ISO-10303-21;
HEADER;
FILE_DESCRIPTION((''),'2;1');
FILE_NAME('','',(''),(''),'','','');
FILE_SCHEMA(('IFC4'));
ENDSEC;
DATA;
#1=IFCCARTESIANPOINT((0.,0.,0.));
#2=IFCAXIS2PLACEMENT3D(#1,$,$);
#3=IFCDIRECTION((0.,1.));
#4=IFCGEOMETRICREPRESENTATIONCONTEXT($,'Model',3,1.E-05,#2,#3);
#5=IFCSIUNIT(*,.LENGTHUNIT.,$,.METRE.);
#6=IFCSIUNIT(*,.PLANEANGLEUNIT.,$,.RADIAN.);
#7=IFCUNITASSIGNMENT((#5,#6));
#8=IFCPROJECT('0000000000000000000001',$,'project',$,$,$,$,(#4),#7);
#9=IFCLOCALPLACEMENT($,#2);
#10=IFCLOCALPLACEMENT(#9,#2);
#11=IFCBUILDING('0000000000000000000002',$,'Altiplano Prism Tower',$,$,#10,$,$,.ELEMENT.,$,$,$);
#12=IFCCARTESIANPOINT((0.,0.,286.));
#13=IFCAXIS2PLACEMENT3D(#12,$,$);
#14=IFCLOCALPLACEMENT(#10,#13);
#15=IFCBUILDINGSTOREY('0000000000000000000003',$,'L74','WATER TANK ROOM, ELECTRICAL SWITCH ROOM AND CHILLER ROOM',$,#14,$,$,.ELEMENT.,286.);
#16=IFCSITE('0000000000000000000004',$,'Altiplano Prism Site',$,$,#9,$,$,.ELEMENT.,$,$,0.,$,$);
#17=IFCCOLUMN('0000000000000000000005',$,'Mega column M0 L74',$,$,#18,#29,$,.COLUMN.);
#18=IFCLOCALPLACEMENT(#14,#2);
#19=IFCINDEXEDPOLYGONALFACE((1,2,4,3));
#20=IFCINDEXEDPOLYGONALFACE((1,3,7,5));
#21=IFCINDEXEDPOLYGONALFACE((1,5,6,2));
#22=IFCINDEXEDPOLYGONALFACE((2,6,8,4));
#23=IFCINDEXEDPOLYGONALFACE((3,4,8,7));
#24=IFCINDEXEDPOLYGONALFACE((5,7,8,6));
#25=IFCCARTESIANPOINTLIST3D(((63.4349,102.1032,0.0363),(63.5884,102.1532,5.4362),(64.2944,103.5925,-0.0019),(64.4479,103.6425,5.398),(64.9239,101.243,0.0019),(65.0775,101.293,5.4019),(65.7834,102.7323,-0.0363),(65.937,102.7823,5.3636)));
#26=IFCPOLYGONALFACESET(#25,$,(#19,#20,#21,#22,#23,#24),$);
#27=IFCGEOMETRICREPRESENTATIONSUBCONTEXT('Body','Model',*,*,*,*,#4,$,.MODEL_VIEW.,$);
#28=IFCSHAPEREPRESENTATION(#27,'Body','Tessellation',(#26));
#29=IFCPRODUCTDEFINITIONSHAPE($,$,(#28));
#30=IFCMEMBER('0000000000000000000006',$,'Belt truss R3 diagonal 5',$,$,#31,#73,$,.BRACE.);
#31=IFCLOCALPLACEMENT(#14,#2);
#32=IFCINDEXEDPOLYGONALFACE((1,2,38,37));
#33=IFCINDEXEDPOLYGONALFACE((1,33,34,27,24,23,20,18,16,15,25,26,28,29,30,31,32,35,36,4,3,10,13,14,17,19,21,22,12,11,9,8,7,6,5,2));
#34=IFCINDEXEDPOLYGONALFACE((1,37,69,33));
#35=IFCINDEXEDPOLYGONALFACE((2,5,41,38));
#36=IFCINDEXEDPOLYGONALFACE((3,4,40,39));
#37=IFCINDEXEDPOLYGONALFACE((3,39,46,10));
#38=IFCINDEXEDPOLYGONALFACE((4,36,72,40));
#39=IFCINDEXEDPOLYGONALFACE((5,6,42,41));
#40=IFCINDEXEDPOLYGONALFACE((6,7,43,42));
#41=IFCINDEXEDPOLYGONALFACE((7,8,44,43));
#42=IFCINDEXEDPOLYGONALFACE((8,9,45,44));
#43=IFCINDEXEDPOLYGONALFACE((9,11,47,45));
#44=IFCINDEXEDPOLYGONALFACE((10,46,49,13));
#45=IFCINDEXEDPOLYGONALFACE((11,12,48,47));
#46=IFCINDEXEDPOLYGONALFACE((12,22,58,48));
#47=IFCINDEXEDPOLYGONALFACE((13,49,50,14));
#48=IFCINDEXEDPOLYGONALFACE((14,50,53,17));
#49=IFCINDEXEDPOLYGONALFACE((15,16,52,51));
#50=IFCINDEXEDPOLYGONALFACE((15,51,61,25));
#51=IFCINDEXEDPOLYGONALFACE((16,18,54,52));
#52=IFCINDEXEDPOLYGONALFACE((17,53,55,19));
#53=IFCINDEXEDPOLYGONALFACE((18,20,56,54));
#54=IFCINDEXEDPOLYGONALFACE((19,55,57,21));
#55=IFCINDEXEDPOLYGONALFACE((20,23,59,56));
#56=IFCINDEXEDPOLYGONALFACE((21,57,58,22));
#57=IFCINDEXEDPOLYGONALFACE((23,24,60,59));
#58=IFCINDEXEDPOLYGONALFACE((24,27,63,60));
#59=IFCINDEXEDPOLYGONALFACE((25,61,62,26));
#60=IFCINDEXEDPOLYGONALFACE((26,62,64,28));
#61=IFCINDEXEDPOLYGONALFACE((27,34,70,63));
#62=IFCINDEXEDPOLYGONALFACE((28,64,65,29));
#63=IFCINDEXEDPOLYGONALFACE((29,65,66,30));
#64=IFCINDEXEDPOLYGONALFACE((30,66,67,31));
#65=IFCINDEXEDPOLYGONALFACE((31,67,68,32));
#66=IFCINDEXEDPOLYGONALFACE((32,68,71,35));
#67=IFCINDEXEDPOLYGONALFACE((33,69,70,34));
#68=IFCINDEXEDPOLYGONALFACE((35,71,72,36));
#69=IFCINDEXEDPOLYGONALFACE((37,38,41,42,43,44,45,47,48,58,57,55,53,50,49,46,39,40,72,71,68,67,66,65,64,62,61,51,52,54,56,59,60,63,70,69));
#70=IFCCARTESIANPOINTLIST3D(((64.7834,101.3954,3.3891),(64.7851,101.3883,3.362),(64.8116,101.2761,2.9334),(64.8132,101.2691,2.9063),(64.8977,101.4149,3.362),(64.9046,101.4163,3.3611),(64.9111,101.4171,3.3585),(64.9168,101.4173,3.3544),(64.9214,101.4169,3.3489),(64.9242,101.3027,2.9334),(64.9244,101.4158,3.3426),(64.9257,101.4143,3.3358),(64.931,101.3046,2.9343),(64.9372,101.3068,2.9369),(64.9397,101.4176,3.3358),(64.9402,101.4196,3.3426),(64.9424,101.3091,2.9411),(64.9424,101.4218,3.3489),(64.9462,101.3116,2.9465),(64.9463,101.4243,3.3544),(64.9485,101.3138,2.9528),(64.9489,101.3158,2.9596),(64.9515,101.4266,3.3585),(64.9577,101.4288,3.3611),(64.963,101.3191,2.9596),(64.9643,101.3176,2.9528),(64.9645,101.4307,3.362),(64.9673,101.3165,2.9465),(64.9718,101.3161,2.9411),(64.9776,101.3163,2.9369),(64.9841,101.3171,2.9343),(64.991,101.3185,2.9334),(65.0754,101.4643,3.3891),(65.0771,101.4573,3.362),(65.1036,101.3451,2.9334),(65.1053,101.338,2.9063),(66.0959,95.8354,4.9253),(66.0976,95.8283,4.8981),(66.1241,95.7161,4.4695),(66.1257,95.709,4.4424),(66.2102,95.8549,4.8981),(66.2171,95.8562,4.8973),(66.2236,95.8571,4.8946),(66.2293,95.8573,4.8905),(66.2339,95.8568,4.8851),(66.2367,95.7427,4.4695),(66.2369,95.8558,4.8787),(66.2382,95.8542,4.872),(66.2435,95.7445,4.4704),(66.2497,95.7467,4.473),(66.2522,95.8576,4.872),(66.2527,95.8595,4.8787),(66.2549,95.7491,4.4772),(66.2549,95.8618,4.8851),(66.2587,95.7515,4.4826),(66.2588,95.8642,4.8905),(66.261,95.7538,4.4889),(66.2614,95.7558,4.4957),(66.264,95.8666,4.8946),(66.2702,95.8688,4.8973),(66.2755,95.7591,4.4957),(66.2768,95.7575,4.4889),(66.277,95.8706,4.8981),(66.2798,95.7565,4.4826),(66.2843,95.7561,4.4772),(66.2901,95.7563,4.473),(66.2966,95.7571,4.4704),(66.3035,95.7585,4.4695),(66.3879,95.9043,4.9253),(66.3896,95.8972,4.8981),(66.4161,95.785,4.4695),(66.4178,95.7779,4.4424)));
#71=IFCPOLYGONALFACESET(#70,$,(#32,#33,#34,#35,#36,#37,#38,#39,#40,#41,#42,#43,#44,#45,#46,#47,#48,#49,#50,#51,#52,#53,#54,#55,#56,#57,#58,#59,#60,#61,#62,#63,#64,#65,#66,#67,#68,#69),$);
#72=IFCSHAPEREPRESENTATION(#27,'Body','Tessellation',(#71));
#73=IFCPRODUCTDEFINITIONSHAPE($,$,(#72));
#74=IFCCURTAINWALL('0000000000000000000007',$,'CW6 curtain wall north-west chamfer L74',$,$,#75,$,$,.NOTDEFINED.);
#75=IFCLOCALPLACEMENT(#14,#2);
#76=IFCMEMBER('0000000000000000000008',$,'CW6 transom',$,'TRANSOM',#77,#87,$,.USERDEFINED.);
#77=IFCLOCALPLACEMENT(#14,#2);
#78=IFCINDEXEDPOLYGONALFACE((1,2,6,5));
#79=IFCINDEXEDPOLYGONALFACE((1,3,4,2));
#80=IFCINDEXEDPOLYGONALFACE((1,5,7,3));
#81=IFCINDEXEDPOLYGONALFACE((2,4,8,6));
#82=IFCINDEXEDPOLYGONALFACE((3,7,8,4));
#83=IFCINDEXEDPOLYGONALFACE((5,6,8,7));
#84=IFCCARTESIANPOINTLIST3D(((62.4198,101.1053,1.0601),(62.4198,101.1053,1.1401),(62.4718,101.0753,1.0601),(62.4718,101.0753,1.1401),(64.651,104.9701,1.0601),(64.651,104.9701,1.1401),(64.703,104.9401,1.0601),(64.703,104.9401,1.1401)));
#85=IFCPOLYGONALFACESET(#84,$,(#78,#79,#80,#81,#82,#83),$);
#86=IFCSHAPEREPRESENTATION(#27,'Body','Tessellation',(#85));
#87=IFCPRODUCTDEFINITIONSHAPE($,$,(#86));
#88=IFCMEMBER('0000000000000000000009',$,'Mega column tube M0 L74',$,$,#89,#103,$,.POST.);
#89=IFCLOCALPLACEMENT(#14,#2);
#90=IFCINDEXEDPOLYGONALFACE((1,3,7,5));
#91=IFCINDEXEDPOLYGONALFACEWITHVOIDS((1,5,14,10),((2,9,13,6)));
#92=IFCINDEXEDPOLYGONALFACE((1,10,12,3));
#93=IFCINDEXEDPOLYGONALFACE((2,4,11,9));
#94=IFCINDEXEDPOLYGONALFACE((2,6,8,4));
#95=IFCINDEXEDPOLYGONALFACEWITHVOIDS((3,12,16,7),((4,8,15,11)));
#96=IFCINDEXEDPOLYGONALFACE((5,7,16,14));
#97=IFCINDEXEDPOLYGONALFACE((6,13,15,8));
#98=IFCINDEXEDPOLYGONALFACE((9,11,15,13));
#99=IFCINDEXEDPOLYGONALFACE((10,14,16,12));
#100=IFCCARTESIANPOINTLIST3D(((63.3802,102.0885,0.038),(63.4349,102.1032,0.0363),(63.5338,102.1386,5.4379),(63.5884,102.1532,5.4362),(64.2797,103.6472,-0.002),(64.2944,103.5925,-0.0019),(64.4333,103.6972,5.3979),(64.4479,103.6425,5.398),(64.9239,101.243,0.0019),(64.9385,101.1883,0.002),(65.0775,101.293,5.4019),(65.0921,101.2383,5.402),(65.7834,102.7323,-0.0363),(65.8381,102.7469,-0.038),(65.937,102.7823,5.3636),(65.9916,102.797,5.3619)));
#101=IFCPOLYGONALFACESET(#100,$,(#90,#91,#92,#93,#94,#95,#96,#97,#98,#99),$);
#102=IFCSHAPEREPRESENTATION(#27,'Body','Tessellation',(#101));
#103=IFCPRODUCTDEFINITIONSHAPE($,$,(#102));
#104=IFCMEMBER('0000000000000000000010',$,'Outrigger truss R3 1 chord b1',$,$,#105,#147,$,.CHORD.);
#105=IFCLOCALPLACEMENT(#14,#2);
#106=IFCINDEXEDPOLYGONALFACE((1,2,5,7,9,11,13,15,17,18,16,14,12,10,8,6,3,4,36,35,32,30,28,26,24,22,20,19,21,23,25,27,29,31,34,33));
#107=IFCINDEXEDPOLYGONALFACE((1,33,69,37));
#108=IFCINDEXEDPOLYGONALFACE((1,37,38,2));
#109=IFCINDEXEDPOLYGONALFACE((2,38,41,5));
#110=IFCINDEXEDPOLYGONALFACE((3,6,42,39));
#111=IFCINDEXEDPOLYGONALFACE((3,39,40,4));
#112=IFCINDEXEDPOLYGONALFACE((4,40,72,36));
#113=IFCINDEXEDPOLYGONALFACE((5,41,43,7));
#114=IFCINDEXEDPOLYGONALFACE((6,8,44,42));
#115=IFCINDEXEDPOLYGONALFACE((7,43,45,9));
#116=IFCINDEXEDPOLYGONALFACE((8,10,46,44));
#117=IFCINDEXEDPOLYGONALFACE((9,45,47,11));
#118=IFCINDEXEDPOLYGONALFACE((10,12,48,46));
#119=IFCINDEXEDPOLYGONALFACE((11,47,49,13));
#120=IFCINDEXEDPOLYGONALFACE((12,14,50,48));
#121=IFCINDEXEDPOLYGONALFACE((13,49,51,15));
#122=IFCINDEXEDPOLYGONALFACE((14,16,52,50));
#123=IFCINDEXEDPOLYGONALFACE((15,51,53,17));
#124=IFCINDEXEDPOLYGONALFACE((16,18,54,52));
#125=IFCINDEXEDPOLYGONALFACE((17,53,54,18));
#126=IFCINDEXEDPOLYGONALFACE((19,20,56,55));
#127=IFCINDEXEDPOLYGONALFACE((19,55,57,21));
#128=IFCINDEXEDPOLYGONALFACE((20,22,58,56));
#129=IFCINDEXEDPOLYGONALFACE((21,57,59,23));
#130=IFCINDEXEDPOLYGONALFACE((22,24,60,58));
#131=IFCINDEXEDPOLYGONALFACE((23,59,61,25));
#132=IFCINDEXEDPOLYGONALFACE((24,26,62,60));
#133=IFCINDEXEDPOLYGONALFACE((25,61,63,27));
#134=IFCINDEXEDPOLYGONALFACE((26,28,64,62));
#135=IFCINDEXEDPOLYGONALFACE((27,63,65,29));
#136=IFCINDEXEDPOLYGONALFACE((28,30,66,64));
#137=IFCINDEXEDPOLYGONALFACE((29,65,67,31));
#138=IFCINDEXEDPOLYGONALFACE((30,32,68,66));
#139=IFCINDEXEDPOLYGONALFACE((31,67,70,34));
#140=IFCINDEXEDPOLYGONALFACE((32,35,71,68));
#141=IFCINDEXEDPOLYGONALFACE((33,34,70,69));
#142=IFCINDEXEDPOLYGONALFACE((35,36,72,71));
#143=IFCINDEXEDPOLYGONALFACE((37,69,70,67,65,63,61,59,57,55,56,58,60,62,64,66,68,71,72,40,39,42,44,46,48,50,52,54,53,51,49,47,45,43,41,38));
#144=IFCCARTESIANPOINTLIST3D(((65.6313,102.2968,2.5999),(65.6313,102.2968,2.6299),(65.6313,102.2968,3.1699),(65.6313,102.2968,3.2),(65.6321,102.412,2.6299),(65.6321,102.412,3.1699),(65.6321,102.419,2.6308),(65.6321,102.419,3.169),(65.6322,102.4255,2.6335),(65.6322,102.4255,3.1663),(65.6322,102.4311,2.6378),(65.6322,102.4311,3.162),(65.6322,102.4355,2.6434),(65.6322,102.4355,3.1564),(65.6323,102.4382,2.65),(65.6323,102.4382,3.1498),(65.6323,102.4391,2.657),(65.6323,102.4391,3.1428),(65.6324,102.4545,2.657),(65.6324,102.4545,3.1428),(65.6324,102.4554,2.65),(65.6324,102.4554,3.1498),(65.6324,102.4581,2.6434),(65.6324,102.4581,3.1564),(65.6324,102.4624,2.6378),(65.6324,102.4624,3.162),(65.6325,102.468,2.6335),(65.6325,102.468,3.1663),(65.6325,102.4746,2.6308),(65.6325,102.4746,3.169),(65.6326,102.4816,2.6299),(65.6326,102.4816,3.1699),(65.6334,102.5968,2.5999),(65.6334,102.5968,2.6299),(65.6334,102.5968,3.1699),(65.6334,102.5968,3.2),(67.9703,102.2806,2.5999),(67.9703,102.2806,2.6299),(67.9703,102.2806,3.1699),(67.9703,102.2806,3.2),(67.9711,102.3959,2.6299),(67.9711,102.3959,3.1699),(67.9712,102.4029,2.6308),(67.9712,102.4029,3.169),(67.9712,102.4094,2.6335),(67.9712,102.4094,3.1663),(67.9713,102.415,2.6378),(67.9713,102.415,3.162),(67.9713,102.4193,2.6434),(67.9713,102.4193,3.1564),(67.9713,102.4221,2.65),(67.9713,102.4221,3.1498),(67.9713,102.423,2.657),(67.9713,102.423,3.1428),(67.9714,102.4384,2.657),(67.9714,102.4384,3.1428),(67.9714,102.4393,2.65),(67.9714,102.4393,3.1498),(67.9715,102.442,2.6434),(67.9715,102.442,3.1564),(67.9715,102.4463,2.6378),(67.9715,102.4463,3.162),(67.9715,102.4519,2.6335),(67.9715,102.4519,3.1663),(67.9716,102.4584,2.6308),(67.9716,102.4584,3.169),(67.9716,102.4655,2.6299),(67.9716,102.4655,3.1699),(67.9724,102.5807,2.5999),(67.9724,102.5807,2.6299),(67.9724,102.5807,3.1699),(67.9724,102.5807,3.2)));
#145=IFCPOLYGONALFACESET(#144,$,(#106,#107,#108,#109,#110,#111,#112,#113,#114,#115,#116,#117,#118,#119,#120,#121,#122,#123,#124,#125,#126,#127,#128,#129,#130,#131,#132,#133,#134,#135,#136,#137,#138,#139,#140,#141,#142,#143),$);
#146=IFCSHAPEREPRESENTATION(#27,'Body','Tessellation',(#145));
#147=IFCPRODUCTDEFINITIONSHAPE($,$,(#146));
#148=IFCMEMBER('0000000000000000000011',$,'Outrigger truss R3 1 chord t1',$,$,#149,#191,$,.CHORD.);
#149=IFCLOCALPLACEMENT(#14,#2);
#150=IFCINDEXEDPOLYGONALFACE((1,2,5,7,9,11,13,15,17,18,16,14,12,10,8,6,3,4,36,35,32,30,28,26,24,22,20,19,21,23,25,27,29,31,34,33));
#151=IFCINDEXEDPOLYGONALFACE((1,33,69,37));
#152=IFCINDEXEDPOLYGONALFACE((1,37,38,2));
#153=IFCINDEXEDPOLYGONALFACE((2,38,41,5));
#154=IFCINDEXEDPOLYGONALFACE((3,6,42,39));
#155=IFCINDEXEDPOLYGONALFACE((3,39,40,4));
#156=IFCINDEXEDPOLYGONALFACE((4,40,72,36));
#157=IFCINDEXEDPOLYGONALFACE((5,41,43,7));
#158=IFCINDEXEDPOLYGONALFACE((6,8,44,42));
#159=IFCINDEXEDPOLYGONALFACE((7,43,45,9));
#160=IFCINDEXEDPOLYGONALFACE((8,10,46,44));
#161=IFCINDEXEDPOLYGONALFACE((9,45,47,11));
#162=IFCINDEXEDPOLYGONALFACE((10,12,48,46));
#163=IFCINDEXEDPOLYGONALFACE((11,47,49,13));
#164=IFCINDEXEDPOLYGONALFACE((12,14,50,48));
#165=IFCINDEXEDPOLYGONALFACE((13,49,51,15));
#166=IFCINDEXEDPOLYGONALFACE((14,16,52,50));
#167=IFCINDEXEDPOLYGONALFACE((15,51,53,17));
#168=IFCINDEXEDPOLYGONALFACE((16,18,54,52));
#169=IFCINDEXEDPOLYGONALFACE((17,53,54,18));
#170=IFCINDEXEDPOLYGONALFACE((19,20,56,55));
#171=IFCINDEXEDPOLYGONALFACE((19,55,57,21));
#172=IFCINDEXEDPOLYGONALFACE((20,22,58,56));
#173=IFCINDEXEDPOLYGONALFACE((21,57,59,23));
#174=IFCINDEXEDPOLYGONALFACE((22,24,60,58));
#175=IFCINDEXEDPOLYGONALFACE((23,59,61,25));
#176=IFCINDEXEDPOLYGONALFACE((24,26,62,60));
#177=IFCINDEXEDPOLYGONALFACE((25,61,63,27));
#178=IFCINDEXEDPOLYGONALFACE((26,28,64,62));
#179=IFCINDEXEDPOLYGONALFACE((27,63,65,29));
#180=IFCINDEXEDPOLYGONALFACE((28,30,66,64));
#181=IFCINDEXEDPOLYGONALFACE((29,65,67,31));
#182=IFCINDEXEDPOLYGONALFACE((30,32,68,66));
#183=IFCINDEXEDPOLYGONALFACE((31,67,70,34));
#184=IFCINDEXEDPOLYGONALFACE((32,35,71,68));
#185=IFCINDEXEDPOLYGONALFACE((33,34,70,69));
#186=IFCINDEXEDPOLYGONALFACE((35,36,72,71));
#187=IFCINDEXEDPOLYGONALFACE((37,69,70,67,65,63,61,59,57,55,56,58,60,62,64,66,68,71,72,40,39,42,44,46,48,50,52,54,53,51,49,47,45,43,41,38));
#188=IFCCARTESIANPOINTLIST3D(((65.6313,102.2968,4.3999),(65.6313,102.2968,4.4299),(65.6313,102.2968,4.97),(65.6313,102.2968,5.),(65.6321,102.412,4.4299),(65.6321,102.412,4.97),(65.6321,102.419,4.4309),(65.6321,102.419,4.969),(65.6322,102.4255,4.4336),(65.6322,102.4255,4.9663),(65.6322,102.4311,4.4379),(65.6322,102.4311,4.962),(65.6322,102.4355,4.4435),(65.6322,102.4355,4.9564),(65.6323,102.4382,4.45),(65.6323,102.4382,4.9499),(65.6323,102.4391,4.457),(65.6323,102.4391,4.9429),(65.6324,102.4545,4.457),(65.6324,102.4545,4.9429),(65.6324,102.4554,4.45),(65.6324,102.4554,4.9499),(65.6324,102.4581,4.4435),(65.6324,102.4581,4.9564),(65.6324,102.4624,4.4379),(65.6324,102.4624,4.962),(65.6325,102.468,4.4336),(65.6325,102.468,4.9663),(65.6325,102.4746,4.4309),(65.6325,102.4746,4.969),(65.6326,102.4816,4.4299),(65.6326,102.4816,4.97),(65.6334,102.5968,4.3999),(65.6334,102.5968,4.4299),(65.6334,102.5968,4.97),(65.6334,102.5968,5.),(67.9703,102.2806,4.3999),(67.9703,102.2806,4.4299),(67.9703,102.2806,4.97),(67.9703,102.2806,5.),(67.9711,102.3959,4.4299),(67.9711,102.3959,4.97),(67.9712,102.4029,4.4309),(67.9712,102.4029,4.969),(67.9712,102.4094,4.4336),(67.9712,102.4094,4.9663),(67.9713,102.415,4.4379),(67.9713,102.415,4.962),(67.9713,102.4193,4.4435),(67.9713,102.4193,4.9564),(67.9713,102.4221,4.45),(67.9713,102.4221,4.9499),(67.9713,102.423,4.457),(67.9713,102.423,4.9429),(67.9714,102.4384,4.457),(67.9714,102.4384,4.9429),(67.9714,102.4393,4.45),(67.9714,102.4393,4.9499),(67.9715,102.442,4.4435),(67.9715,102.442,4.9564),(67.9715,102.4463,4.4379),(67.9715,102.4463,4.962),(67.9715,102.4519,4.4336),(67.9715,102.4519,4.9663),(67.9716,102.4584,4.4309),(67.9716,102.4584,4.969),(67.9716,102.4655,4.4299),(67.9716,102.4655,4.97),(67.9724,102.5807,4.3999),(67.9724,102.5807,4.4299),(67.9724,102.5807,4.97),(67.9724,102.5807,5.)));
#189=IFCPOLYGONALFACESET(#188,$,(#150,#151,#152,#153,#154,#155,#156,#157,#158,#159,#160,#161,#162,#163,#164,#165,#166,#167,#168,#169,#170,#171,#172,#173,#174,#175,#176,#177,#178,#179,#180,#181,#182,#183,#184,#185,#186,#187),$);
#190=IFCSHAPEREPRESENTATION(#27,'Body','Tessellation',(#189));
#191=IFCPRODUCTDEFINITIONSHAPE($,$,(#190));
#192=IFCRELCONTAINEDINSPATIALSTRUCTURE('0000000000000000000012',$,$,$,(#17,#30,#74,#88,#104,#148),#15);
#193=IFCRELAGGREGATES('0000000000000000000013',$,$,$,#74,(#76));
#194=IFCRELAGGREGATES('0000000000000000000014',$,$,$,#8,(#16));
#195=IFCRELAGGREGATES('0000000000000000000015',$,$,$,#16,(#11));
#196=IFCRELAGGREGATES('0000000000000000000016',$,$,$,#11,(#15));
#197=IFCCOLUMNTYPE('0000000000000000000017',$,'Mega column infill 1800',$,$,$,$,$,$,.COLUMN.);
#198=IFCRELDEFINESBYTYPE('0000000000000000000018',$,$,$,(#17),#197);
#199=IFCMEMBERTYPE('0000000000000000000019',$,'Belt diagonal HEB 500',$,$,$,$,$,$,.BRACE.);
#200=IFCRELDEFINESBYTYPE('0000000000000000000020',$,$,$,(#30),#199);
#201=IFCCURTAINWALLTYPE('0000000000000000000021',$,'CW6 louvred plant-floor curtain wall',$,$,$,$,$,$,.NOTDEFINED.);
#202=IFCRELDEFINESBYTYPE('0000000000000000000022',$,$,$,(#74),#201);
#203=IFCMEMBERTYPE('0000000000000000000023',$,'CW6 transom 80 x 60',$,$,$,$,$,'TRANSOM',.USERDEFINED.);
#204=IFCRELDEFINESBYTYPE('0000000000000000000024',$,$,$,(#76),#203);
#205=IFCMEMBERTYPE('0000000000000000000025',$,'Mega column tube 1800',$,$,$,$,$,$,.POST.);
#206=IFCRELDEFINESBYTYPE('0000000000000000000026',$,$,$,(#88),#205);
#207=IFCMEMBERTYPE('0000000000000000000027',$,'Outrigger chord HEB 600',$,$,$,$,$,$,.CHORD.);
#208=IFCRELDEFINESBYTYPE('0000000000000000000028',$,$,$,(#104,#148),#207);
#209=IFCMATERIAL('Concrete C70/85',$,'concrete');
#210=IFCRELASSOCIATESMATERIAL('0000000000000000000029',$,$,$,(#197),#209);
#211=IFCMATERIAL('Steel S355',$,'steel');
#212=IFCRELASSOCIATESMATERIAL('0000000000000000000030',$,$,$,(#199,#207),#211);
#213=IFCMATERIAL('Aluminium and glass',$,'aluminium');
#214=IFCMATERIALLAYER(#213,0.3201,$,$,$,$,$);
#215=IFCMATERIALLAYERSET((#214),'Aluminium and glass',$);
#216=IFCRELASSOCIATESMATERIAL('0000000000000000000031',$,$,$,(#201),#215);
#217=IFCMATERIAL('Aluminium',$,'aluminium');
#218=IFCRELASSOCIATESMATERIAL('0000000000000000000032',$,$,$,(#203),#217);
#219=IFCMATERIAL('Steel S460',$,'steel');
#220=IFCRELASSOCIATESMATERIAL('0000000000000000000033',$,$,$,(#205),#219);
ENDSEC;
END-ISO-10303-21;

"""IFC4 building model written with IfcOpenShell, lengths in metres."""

from ifc_helpers import new_model, si_unit, direction, frame, origin, origin_2d, place, context, subcontext, project, spatial, rectangle, hollow_rectangle, i_section, extrude, material, layer, layer_set, material_profile, profile_set, type_object, element, aggregate, save


model = new_model("IFC4")

# Units and contexts
model_context = context("Model", 3, precision=1e-05, world=origin(), true_north=direction((0.0, 1.0)))
body_context = subcontext(model_context, "Body", "Model", "MODEL_VIEW")
ifc_project = project(units=[si_unit("LENGTHUNIT", "METRE"), si_unit("PLANEANGLEUNIT", "RADIAN")], contexts=[model_context])

# Site, building, storey
site_placement = place(None, origin())
site = spatial("IfcSite", under=ifc_project, at=site_placement, Name="Altiplano Prism Site", CompositionType="ELEMENT", RefElevation=0.0)
building_placement = place(site_placement, origin())
building = spatial("IfcBuilding", under=site, at=building_placement, Name="Altiplano Prism Tower", CompositionType="ELEMENT")
storey_placement = place(building_placement, frame((0.0, 0.0, 286.0)))
storey = spatial("IfcBuildingStorey", under=building, at=storey_placement, Name="L74", Description="WATER TANK ROOM, ELECTRICAL SWITCH ROOM AND CHILLER ROOM", CompositionType="ELEMENT", Elevation=286.0)

# Column
ifc_material_1 = material(Name="Concrete C70/85", Category="concrete")
ifc_material_profile_1 = material_profile(ifc_material_1, rectangle(XDim=1.72, YDim=1.72, at=origin_2d()), Name="Mega column infill 1800")
ifc_profile_set_1 = profile_set([ifc_material_profile_1], Name="Concrete C70/85")
column_type = type_object("IfcColumnType", Name="Mega column infill 1800", PredefinedType="COLUMN", material=ifc_profile_set_1)
column_placement = place(storey_placement, frame((64.6091, 102.4177, 0.0), z_axis=(0.028426, 0.009264, 0.999553), x_axis=(-0.865724, 0.500123, 0.019984)))
element("IfcColumn", 1, at=column_placement, inside=storey, type_object=column_type, Name="Mega column M0 L74", PredefinedType="COLUMN", context=body_context, shape_type="SweptSolid", body=[
    extrude(rectangle(XDim=1.72, YDim=1.72, at=origin_2d()), origin(), (0.0, 0.0, 1.0), 5.4023),
])

# Member
ifc_material_2 = material(Name="Steel S355", Category="steel")
ifc_material_profile_2 = material_profile(ifc_material_2, i_section(OverallWidth=0.3, OverallDepth=0.5, WebThickness=0.0144, FlangeThickness=0.0281, FilletRadius=0.0271, at=origin_2d()), Name="Belt diagonal HEB 500")
ifc_profile_set_2 = profile_set([ifc_material_profile_2], Name="Steel S355")
member_type_1 = type_object("IfcMemberType", Name="Belt diagonal HEB 500", PredefinedType="BRACE", material=ifc_profile_set_2)
member_1_placement = place(storey_placement, frame((64.9443, 101.3667, 3.1477), z_axis=(0.221864, -0.939867, 0.259666), x_axis=(0.973251, 0.229744, 0.0)))
element("IfcMember", 2, at=member_1_placement, inside=storey, type_object=member_type_1, Name="Belt truss R3 diagonal 5", PredefinedType="BRACE", context=body_context, shape_type="SweptSolid", body=[
    extrude(i_section(OverallWidth=0.3, OverallDepth=0.5, WebThickness=0.0144, FlangeThickness=0.0281, FilletRadius=0.0271, at=origin_2d()), origin(), (0.0, 0.0, 1.0), 5.9158),
])

# Curtain wall, member
ifc_material_3 = material(Name="Aluminium and glass", Category="aluminium")
ifc_layer_1 = layer(ifc_material_3, 0.3201)
ifc_layer_set_1 = layer_set([ifc_layer_1], Name="Aluminium and glass")
curtain_wall_type = type_object("IfcCurtainWallType", Name="CW6 louvred plant-floor curtain wall", PredefinedType="NOTDEFINED", material=ifc_layer_set_1)
curtain_wall_placement = place(storey_placement, origin())
curtain_wall = element("IfcCurtainWall", 3, at=curtain_wall_placement, inside=storey, type_object=curtain_wall_type, Name="CW6 curtain wall north-west chamfer L74", PredefinedType="NOTDEFINED")
ifc_material_4 = material(Name="Aluminium", Category="aluminium")
ifc_material_profile_3 = material_profile(ifc_material_4, rectangle(XDim=0.0601, YDim=0.0801, at=origin_2d()), Name="CW6 transom 80 x 60")
ifc_profile_set_3 = profile_set([ifc_material_profile_3], Name="Aluminium")
member_type_2 = type_object("IfcMemberType", Name="CW6 transom 80 x 60", ElementType="TRANSOM", PredefinedType="USERDEFINED", material=ifc_profile_set_3)
member_2_placement = place(storey_placement, frame((64.677, 104.9551, 1.1001), z_axis=(-0.499981, -0.866036, 0.0), x_axis=(0.866036, -0.499981, 0.0)))
member_2 = element("IfcMember", 4, at=member_2_placement, type_object=member_type_2, Name="CW6 transom", ObjectType="TRANSOM", PredefinedType="USERDEFINED", context=body_context, shape_type="SweptSolid", body=[
    extrude(rectangle(XDim=0.0601, YDim=0.0801, at=origin_2d()), origin(), (0.0, 0.0, 1.0), 4.4626),
])

# Members
ifc_material_5 = material(Name="Steel S460", Category="steel")
ifc_material_profile_4 = material_profile(ifc_material_5, hollow_rectangle(XDim=1.8, YDim=1.8, WallThickness=0.04, at=origin_2d()), Name="Mega column tube 1800")
ifc_profile_set_4 = profile_set([ifc_material_profile_4], Name="Steel S460")
member_type_3 = type_object("IfcMemberType", Name="Mega column tube 1800", PredefinedType="POST", material=ifc_profile_set_4)
member_3_placement = place(storey_placement, frame((64.6091, 102.4177, 0.0), z_axis=(0.028426, 0.009264, 0.999553), x_axis=(-0.865724, 0.500123, 0.019984)))
element("IfcMember", 5, at=member_3_placement, inside=storey, type_object=member_type_3, Name="Mega column tube M0 L74", PredefinedType="POST", context=body_context, shape_type="SweptSolid", body=[
    extrude(hollow_rectangle(XDim=1.8, YDim=1.8, WallThickness=0.04, at=origin_2d()), origin(), (0.0, 0.0, 1.0), 5.4023),
])
ifc_material_profile_5 = material_profile(ifc_material_2, i_section(OverallWidth=0.3, OverallDepth=0.6001, WebThickness=0.0154, FlangeThickness=0.03, FilletRadius=0.0271, at=origin_2d()), Name="Outrigger chord HEB 600")
ifc_profile_set_5 = profile_set([ifc_material_profile_5], Name="Steel S355")
member_type_4 = type_object("IfcMemberType", Name="Outrigger chord HEB 600", PredefinedType="CHORD", material=ifc_profile_set_5)
for number, where, z_axis, x_axis, name in (
    (6, (65.6323, 102.4468, 2.8999), (0.999976, -0.006888, 0.0), (0.006888, 0.999976, 0.0), "Outrigger truss R3 1 chord b1"),
    (7, (65.6323, 102.4468, 4.7), (0.999976, -0.006888, 0.0), (0.006888, 0.999976, 0.0), "Outrigger truss R3 1 chord t1"),
):
    element("IfcMember", number, at=place(storey_placement, frame(where, z_axis=z_axis, x_axis=x_axis)), inside=storey, type_object=member_type_4, Name=name, PredefinedType="CHORD", context=body_context, shape_type="SweptSolid", body=[
        extrude(i_section(OverallWidth=0.3, OverallDepth=0.6001, WebThickness=0.0154, FlangeThickness=0.03, FilletRadius=0.0271, at=origin_2d()), origin(), (0.0, 0.0, 1.0), 2.3391),
    ])

aggregate(curtain_wall, [member_2])

save(model, "model.ifc")
